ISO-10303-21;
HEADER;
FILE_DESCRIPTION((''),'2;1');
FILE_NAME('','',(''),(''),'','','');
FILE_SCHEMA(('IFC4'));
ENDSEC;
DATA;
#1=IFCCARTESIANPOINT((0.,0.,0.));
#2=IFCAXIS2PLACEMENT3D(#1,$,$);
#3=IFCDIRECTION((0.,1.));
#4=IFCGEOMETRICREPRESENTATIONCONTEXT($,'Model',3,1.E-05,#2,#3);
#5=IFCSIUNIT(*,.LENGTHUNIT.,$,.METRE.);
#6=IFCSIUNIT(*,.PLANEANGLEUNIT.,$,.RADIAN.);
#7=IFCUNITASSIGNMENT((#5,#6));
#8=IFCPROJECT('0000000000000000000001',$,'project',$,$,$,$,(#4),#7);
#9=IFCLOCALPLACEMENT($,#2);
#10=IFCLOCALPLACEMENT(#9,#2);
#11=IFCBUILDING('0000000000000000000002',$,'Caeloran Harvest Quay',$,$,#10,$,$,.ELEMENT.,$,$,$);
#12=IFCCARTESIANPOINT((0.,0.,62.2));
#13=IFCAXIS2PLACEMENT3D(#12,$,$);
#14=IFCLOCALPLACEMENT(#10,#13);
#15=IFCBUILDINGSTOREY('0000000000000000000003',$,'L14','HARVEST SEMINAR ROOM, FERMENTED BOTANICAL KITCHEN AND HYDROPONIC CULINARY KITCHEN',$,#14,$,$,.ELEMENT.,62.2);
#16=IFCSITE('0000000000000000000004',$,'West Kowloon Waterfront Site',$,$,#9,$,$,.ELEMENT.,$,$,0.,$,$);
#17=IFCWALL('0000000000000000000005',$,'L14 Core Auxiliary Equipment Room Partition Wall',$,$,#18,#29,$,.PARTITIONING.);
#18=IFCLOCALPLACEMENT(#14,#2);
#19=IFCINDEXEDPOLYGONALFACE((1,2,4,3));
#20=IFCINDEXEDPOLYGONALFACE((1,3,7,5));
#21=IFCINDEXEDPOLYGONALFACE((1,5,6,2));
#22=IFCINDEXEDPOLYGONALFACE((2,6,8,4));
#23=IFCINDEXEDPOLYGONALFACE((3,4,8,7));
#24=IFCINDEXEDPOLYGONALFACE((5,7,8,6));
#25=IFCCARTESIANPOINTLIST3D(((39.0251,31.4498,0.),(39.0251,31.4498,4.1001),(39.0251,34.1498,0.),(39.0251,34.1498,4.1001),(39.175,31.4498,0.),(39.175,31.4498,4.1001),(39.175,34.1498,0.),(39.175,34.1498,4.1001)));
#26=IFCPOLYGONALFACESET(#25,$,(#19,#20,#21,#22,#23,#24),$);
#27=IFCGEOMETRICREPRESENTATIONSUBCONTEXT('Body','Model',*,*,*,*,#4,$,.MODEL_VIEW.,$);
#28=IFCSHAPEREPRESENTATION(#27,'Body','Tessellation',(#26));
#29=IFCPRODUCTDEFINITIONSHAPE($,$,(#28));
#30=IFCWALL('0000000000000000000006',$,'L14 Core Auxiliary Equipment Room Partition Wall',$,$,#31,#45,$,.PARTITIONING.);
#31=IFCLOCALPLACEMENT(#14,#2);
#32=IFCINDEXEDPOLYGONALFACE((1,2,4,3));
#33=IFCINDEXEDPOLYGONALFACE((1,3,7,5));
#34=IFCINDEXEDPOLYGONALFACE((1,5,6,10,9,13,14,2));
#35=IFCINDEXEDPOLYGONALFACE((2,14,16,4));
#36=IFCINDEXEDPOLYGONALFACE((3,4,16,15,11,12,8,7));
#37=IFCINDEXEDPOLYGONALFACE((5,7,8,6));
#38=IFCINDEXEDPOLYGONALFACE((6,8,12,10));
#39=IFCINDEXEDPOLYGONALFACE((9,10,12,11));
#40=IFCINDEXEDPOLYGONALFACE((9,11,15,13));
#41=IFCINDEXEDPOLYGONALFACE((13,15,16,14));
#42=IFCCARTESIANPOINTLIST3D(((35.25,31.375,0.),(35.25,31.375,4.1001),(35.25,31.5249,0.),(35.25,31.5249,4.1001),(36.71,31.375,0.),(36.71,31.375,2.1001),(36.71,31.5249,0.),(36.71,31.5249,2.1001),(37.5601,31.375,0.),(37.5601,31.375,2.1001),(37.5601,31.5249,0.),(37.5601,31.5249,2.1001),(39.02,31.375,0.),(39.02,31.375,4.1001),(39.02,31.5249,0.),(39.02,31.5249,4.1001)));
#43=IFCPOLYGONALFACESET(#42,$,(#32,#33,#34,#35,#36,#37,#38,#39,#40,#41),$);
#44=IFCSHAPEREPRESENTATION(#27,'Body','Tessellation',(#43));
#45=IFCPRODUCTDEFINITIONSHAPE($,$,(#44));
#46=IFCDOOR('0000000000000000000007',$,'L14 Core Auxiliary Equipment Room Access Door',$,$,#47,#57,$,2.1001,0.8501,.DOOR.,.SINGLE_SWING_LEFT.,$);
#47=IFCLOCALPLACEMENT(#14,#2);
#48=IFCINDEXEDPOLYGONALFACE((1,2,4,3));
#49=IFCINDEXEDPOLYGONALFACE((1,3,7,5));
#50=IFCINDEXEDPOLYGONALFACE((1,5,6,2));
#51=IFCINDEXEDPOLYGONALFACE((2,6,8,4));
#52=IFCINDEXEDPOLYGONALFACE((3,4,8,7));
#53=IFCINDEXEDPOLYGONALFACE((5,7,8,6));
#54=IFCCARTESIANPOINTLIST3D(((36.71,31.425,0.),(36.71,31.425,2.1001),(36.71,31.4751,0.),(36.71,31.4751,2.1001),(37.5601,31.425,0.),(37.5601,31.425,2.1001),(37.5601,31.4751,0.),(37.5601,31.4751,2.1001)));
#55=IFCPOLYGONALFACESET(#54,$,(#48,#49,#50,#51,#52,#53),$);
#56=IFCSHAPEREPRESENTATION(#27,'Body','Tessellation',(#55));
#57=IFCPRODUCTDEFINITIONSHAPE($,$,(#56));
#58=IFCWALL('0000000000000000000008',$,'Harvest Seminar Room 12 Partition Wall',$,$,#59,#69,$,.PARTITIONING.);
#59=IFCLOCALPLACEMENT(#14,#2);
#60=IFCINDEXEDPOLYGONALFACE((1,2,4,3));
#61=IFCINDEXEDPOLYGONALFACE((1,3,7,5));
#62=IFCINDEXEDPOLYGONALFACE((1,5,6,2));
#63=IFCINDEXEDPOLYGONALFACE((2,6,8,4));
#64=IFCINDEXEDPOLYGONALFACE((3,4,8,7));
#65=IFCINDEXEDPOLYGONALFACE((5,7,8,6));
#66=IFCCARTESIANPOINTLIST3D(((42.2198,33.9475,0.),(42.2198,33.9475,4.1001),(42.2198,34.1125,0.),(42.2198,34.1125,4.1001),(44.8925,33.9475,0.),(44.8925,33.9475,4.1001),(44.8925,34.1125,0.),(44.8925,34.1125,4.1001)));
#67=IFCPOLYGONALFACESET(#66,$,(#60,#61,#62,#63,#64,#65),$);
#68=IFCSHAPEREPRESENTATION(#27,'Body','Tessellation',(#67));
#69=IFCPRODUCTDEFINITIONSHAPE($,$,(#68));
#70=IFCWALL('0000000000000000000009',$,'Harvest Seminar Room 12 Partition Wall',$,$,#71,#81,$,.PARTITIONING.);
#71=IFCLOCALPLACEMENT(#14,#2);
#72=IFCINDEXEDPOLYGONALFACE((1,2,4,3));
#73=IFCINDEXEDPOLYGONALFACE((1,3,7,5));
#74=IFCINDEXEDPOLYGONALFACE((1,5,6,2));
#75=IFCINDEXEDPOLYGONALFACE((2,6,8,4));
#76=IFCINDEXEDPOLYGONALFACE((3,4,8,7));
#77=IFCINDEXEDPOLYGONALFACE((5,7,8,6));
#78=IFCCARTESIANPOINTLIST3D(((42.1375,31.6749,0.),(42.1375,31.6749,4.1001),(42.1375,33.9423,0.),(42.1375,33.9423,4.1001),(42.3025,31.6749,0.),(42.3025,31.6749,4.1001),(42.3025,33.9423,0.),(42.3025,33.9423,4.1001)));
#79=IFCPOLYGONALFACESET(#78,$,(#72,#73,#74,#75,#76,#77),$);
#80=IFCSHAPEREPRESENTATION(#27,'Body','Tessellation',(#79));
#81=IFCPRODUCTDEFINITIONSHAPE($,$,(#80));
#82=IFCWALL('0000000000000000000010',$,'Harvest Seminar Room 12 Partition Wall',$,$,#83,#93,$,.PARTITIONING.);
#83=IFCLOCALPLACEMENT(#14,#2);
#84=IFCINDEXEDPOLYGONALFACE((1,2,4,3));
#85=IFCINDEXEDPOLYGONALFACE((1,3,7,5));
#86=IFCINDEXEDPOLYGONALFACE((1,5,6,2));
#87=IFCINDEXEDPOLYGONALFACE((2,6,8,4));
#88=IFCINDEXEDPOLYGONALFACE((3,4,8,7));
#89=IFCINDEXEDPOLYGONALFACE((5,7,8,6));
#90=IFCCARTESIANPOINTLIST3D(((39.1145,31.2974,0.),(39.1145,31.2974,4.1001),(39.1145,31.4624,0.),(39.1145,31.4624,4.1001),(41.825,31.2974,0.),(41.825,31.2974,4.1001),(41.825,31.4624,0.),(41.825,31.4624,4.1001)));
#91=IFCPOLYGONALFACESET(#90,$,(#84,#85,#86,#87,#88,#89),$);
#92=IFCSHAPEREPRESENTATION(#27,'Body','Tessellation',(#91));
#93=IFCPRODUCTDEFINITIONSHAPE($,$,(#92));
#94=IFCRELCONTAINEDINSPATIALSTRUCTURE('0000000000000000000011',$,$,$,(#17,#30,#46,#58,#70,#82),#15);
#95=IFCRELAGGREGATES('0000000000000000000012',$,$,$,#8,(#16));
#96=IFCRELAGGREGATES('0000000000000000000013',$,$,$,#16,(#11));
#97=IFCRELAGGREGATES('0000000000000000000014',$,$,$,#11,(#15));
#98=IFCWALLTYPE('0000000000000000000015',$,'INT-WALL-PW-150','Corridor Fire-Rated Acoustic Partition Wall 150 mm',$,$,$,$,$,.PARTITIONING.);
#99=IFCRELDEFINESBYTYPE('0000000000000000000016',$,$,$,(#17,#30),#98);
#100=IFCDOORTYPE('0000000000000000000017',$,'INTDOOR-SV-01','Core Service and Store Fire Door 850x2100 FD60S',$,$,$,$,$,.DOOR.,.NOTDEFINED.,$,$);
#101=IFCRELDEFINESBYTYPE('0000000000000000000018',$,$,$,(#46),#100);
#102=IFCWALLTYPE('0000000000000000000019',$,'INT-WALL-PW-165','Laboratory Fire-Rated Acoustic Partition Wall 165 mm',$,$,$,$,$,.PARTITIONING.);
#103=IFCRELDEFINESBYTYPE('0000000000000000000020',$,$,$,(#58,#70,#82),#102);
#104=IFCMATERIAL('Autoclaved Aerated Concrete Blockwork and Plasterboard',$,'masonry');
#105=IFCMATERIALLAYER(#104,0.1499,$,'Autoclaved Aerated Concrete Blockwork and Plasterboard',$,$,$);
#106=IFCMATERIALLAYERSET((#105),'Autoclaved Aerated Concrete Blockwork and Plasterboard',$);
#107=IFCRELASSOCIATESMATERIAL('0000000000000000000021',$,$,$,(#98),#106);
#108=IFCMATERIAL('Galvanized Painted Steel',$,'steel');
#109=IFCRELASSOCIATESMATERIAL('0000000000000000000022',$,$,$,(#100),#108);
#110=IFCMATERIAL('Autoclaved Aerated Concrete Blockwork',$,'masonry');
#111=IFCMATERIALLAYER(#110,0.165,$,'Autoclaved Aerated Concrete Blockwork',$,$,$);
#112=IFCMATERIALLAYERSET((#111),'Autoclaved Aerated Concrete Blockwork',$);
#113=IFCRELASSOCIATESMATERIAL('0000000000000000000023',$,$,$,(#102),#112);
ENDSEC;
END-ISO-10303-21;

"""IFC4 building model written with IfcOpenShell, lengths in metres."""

from ifc_helpers import new_model, si_unit, direction, frame, frame_2d, origin, place, context, subcontext, project, spatial, rectangle, extrude, material, layer, layer_set, type_object, element, fill, save


model = new_model("IFC4")

# Units and contexts
model_context = context("Model", 3, precision=1e-05, world=origin(), true_north=direction((0.0, 1.0)))
body_context = subcontext(model_context, "Body", "Model", "MODEL_VIEW")
ifc_project = project(units=[si_unit("LENGTHUNIT", "METRE"), si_unit("PLANEANGLEUNIT", "RADIAN")], contexts=[model_context])

# Site, building, storey
site_placement = place(None, origin())
site = spatial("IfcSite", under=ifc_project, at=site_placement, Name="West Kowloon Waterfront Site", CompositionType="ELEMENT", RefElevation=0.0)
building_placement = place(site_placement, origin())
building = spatial("IfcBuilding", under=site, at=building_placement, Name="Caeloran Harvest Quay", CompositionType="ELEMENT")
storey_placement = place(building_placement, frame((0.0, 0.0, 62.2)))
storey = spatial("IfcBuildingStorey", under=building, at=storey_placement, Name="L14", Description="HARVEST SEMINAR ROOM, FERMENTED BOTANICAL KITCHEN AND HYDROPONIC CULINARY KITCHEN", CompositionType="ELEMENT", Elevation=62.2)

# Wall
ifc_material_1 = material(Name="Autoclaved Aerated Concrete Blockwork and Plasterboard", Category="masonry")
ifc_layer_1 = layer(ifc_material_1, 0.1499, Name="Autoclaved Aerated Concrete Blockwork and Plasterboard")
ifc_layer_set_1 = layer_set([ifc_layer_1], Name="Autoclaved Aerated Concrete Blockwork and Plasterboard")
wall_type_1 = type_object("IfcWallType", Name="INT-WALL-PW-150", Description="Corridor Fire-Rated Acoustic Partition Wall 150 mm", PredefinedType="PARTITIONING", material=ifc_layer_set_1)
wall_1_placement = place(storey_placement, frame((39.1001, 34.1499, 0.0), z_axis=(0.0, 0.0, 1.0), x_axis=(0.0, -1.0, 0.0)))
element("IfcWall", 1, at=wall_1_placement, inside=storey, type_object=wall_type_1, Name="L14 Core Auxiliary Equipment Room Partition Wall", PredefinedType="PARTITIONING", context=body_context, shape_type="SweptSolid", body=[
    extrude(rectangle(XDim=2.7, YDim=0.1499, at=frame_2d((1.3501, 0.0))), origin(), (0.0, 0.0, 1.0), 4.1001),
])

# Wall, opening, door
wall_2_placement = place(storey_placement, frame((39.02, 31.45, 0.0), z_axis=(0.0, 0.0, 1.0), x_axis=(-1.0, 0.0, 0.0)))
wall_2 = element("IfcWall", 2, at=wall_2_placement, inside=storey, type_object=wall_type_1, Name="L14 Core Auxiliary Equipment Room Partition Wall", PredefinedType="PARTITIONING", context=body_context, shape_type="SweptSolid", body=[
    extrude(rectangle(XDim=3.77, YDim=0.1499, at=frame_2d((1.885, 0.0))), origin(), (0.0, 0.0, 1.0), 4.1001),
])
opening_placement = place(wall_2_placement, frame((1.46, 0.0, 0.0)))
opening = element("IfcOpeningElement", 3, at=opening_placement, cuts=wall_2, PredefinedType="OPENING", context=body_context, shape_type="SweptSolid", body=[
    extrude(rectangle(XDim=0.8501, YDim=2.1001, at=frame_2d((0.425, 1.05))), frame((0.0, 0.085, 0.0), z_axis=(0.0, -1.0, 0.0), x_axis=(1.0, 0.0, 0.0)), (0.0, 0.0, 1.0), 0.1699),
])
ifc_material_2 = material(Name="Galvanized Painted Steel", Category="steel")
door_type = type_object("IfcDoorType", Name="INTDOOR-SV-01", Description="Core Service and Store Fire Door 850x2100 FD60S", OperationType="NOTDEFINED", PredefinedType="DOOR", material=ifc_material_2)
door_placement = place(opening_placement, origin())
door = element("IfcDoor", 4, at=door_placement, inside=storey, type_object=door_type, Name="L14 Core Auxiliary Equipment Room Access Door", OperationType="SINGLE_SWING_LEFT", OverallHeight=2.1001, OverallWidth=0.8501, PredefinedType="DOOR", context=body_context, shape_type="SweptSolid", body=[
    extrude(rectangle(XDim=0.8501, YDim=2.1001, at=frame_2d((0.425, 1.05))), frame((0.0, 0.0249, 0.0), z_axis=(0.0, -1.0, 0.0), x_axis=(1.0, 0.0, 0.0)), (0.0, 0.0, 1.0), 0.05),
])
fill(opening, door)

# Walls
ifc_material_3 = material(Name="Autoclaved Aerated Concrete Blockwork", Category="masonry")
ifc_layer_2 = layer(ifc_material_3, 0.165, Name="Autoclaved Aerated Concrete Blockwork")
ifc_layer_set_2 = layer_set([ifc_layer_2], Name="Autoclaved Aerated Concrete Blockwork")
wall_type_2 = type_object("IfcWallType", Name="INT-WALL-PW-165", Description="Laboratory Fire-Rated Acoustic Partition Wall 165 mm", PredefinedType="PARTITIONING", material=ifc_layer_set_2)
wall_3_placement = place(storey_placement, frame((44.8926, 34.03, 0.0), z_axis=(0.0, 0.0, 1.0), x_axis=(-1.0, 0.0, 0.0)))
element("IfcWall", 5, at=wall_3_placement, inside=storey, type_object=wall_type_2, Name="Harvest Seminar Room 12 Partition Wall", PredefinedType="PARTITIONING", context=body_context, shape_type="SweptSolid", body=[
    extrude(rectangle(XDim=2.6726, YDim=0.165, at=frame_2d((1.3364, 0.0))), origin(), (0.0, 0.0, 1.0), 4.1001),
])
wall_4_placement = place(storey_placement, frame((42.22, 33.9424, 0.0), z_axis=(0.0, 0.0, 1.0), x_axis=(0.0, -1.0, 0.0)))
element("IfcWall", 6, at=wall_4_placement, inside=storey, type_object=wall_type_2, Name="Harvest Seminar Room 12 Partition Wall", PredefinedType="PARTITIONING", context=body_context, shape_type="SweptSolid", body=[
    extrude(rectangle(XDim=2.2673, YDim=0.165, at=frame_2d((1.1338, 0.0))), origin(), (0.0, 0.0, 1.0), 4.1001),
])
wall_5_placement = place(storey_placement, frame((41.825, 31.3799, 0.0), z_axis=(0.0, 0.0, 1.0), x_axis=(-1.0, 0.0, 0.0)))
element("IfcWall", 7, at=wall_5_placement, inside=storey, type_object=wall_type_2, Name="Harvest Seminar Room 12 Partition Wall", PredefinedType="PARTITIONING", context=body_context, shape_type="SweptSolid", body=[
    extrude(rectangle(XDim=2.7104, YDim=0.165, at=frame_2d((1.3552, 0.0))), origin(), (0.0, 0.0, 1.0), 4.1001),
])

save(model, "model.ifc")
